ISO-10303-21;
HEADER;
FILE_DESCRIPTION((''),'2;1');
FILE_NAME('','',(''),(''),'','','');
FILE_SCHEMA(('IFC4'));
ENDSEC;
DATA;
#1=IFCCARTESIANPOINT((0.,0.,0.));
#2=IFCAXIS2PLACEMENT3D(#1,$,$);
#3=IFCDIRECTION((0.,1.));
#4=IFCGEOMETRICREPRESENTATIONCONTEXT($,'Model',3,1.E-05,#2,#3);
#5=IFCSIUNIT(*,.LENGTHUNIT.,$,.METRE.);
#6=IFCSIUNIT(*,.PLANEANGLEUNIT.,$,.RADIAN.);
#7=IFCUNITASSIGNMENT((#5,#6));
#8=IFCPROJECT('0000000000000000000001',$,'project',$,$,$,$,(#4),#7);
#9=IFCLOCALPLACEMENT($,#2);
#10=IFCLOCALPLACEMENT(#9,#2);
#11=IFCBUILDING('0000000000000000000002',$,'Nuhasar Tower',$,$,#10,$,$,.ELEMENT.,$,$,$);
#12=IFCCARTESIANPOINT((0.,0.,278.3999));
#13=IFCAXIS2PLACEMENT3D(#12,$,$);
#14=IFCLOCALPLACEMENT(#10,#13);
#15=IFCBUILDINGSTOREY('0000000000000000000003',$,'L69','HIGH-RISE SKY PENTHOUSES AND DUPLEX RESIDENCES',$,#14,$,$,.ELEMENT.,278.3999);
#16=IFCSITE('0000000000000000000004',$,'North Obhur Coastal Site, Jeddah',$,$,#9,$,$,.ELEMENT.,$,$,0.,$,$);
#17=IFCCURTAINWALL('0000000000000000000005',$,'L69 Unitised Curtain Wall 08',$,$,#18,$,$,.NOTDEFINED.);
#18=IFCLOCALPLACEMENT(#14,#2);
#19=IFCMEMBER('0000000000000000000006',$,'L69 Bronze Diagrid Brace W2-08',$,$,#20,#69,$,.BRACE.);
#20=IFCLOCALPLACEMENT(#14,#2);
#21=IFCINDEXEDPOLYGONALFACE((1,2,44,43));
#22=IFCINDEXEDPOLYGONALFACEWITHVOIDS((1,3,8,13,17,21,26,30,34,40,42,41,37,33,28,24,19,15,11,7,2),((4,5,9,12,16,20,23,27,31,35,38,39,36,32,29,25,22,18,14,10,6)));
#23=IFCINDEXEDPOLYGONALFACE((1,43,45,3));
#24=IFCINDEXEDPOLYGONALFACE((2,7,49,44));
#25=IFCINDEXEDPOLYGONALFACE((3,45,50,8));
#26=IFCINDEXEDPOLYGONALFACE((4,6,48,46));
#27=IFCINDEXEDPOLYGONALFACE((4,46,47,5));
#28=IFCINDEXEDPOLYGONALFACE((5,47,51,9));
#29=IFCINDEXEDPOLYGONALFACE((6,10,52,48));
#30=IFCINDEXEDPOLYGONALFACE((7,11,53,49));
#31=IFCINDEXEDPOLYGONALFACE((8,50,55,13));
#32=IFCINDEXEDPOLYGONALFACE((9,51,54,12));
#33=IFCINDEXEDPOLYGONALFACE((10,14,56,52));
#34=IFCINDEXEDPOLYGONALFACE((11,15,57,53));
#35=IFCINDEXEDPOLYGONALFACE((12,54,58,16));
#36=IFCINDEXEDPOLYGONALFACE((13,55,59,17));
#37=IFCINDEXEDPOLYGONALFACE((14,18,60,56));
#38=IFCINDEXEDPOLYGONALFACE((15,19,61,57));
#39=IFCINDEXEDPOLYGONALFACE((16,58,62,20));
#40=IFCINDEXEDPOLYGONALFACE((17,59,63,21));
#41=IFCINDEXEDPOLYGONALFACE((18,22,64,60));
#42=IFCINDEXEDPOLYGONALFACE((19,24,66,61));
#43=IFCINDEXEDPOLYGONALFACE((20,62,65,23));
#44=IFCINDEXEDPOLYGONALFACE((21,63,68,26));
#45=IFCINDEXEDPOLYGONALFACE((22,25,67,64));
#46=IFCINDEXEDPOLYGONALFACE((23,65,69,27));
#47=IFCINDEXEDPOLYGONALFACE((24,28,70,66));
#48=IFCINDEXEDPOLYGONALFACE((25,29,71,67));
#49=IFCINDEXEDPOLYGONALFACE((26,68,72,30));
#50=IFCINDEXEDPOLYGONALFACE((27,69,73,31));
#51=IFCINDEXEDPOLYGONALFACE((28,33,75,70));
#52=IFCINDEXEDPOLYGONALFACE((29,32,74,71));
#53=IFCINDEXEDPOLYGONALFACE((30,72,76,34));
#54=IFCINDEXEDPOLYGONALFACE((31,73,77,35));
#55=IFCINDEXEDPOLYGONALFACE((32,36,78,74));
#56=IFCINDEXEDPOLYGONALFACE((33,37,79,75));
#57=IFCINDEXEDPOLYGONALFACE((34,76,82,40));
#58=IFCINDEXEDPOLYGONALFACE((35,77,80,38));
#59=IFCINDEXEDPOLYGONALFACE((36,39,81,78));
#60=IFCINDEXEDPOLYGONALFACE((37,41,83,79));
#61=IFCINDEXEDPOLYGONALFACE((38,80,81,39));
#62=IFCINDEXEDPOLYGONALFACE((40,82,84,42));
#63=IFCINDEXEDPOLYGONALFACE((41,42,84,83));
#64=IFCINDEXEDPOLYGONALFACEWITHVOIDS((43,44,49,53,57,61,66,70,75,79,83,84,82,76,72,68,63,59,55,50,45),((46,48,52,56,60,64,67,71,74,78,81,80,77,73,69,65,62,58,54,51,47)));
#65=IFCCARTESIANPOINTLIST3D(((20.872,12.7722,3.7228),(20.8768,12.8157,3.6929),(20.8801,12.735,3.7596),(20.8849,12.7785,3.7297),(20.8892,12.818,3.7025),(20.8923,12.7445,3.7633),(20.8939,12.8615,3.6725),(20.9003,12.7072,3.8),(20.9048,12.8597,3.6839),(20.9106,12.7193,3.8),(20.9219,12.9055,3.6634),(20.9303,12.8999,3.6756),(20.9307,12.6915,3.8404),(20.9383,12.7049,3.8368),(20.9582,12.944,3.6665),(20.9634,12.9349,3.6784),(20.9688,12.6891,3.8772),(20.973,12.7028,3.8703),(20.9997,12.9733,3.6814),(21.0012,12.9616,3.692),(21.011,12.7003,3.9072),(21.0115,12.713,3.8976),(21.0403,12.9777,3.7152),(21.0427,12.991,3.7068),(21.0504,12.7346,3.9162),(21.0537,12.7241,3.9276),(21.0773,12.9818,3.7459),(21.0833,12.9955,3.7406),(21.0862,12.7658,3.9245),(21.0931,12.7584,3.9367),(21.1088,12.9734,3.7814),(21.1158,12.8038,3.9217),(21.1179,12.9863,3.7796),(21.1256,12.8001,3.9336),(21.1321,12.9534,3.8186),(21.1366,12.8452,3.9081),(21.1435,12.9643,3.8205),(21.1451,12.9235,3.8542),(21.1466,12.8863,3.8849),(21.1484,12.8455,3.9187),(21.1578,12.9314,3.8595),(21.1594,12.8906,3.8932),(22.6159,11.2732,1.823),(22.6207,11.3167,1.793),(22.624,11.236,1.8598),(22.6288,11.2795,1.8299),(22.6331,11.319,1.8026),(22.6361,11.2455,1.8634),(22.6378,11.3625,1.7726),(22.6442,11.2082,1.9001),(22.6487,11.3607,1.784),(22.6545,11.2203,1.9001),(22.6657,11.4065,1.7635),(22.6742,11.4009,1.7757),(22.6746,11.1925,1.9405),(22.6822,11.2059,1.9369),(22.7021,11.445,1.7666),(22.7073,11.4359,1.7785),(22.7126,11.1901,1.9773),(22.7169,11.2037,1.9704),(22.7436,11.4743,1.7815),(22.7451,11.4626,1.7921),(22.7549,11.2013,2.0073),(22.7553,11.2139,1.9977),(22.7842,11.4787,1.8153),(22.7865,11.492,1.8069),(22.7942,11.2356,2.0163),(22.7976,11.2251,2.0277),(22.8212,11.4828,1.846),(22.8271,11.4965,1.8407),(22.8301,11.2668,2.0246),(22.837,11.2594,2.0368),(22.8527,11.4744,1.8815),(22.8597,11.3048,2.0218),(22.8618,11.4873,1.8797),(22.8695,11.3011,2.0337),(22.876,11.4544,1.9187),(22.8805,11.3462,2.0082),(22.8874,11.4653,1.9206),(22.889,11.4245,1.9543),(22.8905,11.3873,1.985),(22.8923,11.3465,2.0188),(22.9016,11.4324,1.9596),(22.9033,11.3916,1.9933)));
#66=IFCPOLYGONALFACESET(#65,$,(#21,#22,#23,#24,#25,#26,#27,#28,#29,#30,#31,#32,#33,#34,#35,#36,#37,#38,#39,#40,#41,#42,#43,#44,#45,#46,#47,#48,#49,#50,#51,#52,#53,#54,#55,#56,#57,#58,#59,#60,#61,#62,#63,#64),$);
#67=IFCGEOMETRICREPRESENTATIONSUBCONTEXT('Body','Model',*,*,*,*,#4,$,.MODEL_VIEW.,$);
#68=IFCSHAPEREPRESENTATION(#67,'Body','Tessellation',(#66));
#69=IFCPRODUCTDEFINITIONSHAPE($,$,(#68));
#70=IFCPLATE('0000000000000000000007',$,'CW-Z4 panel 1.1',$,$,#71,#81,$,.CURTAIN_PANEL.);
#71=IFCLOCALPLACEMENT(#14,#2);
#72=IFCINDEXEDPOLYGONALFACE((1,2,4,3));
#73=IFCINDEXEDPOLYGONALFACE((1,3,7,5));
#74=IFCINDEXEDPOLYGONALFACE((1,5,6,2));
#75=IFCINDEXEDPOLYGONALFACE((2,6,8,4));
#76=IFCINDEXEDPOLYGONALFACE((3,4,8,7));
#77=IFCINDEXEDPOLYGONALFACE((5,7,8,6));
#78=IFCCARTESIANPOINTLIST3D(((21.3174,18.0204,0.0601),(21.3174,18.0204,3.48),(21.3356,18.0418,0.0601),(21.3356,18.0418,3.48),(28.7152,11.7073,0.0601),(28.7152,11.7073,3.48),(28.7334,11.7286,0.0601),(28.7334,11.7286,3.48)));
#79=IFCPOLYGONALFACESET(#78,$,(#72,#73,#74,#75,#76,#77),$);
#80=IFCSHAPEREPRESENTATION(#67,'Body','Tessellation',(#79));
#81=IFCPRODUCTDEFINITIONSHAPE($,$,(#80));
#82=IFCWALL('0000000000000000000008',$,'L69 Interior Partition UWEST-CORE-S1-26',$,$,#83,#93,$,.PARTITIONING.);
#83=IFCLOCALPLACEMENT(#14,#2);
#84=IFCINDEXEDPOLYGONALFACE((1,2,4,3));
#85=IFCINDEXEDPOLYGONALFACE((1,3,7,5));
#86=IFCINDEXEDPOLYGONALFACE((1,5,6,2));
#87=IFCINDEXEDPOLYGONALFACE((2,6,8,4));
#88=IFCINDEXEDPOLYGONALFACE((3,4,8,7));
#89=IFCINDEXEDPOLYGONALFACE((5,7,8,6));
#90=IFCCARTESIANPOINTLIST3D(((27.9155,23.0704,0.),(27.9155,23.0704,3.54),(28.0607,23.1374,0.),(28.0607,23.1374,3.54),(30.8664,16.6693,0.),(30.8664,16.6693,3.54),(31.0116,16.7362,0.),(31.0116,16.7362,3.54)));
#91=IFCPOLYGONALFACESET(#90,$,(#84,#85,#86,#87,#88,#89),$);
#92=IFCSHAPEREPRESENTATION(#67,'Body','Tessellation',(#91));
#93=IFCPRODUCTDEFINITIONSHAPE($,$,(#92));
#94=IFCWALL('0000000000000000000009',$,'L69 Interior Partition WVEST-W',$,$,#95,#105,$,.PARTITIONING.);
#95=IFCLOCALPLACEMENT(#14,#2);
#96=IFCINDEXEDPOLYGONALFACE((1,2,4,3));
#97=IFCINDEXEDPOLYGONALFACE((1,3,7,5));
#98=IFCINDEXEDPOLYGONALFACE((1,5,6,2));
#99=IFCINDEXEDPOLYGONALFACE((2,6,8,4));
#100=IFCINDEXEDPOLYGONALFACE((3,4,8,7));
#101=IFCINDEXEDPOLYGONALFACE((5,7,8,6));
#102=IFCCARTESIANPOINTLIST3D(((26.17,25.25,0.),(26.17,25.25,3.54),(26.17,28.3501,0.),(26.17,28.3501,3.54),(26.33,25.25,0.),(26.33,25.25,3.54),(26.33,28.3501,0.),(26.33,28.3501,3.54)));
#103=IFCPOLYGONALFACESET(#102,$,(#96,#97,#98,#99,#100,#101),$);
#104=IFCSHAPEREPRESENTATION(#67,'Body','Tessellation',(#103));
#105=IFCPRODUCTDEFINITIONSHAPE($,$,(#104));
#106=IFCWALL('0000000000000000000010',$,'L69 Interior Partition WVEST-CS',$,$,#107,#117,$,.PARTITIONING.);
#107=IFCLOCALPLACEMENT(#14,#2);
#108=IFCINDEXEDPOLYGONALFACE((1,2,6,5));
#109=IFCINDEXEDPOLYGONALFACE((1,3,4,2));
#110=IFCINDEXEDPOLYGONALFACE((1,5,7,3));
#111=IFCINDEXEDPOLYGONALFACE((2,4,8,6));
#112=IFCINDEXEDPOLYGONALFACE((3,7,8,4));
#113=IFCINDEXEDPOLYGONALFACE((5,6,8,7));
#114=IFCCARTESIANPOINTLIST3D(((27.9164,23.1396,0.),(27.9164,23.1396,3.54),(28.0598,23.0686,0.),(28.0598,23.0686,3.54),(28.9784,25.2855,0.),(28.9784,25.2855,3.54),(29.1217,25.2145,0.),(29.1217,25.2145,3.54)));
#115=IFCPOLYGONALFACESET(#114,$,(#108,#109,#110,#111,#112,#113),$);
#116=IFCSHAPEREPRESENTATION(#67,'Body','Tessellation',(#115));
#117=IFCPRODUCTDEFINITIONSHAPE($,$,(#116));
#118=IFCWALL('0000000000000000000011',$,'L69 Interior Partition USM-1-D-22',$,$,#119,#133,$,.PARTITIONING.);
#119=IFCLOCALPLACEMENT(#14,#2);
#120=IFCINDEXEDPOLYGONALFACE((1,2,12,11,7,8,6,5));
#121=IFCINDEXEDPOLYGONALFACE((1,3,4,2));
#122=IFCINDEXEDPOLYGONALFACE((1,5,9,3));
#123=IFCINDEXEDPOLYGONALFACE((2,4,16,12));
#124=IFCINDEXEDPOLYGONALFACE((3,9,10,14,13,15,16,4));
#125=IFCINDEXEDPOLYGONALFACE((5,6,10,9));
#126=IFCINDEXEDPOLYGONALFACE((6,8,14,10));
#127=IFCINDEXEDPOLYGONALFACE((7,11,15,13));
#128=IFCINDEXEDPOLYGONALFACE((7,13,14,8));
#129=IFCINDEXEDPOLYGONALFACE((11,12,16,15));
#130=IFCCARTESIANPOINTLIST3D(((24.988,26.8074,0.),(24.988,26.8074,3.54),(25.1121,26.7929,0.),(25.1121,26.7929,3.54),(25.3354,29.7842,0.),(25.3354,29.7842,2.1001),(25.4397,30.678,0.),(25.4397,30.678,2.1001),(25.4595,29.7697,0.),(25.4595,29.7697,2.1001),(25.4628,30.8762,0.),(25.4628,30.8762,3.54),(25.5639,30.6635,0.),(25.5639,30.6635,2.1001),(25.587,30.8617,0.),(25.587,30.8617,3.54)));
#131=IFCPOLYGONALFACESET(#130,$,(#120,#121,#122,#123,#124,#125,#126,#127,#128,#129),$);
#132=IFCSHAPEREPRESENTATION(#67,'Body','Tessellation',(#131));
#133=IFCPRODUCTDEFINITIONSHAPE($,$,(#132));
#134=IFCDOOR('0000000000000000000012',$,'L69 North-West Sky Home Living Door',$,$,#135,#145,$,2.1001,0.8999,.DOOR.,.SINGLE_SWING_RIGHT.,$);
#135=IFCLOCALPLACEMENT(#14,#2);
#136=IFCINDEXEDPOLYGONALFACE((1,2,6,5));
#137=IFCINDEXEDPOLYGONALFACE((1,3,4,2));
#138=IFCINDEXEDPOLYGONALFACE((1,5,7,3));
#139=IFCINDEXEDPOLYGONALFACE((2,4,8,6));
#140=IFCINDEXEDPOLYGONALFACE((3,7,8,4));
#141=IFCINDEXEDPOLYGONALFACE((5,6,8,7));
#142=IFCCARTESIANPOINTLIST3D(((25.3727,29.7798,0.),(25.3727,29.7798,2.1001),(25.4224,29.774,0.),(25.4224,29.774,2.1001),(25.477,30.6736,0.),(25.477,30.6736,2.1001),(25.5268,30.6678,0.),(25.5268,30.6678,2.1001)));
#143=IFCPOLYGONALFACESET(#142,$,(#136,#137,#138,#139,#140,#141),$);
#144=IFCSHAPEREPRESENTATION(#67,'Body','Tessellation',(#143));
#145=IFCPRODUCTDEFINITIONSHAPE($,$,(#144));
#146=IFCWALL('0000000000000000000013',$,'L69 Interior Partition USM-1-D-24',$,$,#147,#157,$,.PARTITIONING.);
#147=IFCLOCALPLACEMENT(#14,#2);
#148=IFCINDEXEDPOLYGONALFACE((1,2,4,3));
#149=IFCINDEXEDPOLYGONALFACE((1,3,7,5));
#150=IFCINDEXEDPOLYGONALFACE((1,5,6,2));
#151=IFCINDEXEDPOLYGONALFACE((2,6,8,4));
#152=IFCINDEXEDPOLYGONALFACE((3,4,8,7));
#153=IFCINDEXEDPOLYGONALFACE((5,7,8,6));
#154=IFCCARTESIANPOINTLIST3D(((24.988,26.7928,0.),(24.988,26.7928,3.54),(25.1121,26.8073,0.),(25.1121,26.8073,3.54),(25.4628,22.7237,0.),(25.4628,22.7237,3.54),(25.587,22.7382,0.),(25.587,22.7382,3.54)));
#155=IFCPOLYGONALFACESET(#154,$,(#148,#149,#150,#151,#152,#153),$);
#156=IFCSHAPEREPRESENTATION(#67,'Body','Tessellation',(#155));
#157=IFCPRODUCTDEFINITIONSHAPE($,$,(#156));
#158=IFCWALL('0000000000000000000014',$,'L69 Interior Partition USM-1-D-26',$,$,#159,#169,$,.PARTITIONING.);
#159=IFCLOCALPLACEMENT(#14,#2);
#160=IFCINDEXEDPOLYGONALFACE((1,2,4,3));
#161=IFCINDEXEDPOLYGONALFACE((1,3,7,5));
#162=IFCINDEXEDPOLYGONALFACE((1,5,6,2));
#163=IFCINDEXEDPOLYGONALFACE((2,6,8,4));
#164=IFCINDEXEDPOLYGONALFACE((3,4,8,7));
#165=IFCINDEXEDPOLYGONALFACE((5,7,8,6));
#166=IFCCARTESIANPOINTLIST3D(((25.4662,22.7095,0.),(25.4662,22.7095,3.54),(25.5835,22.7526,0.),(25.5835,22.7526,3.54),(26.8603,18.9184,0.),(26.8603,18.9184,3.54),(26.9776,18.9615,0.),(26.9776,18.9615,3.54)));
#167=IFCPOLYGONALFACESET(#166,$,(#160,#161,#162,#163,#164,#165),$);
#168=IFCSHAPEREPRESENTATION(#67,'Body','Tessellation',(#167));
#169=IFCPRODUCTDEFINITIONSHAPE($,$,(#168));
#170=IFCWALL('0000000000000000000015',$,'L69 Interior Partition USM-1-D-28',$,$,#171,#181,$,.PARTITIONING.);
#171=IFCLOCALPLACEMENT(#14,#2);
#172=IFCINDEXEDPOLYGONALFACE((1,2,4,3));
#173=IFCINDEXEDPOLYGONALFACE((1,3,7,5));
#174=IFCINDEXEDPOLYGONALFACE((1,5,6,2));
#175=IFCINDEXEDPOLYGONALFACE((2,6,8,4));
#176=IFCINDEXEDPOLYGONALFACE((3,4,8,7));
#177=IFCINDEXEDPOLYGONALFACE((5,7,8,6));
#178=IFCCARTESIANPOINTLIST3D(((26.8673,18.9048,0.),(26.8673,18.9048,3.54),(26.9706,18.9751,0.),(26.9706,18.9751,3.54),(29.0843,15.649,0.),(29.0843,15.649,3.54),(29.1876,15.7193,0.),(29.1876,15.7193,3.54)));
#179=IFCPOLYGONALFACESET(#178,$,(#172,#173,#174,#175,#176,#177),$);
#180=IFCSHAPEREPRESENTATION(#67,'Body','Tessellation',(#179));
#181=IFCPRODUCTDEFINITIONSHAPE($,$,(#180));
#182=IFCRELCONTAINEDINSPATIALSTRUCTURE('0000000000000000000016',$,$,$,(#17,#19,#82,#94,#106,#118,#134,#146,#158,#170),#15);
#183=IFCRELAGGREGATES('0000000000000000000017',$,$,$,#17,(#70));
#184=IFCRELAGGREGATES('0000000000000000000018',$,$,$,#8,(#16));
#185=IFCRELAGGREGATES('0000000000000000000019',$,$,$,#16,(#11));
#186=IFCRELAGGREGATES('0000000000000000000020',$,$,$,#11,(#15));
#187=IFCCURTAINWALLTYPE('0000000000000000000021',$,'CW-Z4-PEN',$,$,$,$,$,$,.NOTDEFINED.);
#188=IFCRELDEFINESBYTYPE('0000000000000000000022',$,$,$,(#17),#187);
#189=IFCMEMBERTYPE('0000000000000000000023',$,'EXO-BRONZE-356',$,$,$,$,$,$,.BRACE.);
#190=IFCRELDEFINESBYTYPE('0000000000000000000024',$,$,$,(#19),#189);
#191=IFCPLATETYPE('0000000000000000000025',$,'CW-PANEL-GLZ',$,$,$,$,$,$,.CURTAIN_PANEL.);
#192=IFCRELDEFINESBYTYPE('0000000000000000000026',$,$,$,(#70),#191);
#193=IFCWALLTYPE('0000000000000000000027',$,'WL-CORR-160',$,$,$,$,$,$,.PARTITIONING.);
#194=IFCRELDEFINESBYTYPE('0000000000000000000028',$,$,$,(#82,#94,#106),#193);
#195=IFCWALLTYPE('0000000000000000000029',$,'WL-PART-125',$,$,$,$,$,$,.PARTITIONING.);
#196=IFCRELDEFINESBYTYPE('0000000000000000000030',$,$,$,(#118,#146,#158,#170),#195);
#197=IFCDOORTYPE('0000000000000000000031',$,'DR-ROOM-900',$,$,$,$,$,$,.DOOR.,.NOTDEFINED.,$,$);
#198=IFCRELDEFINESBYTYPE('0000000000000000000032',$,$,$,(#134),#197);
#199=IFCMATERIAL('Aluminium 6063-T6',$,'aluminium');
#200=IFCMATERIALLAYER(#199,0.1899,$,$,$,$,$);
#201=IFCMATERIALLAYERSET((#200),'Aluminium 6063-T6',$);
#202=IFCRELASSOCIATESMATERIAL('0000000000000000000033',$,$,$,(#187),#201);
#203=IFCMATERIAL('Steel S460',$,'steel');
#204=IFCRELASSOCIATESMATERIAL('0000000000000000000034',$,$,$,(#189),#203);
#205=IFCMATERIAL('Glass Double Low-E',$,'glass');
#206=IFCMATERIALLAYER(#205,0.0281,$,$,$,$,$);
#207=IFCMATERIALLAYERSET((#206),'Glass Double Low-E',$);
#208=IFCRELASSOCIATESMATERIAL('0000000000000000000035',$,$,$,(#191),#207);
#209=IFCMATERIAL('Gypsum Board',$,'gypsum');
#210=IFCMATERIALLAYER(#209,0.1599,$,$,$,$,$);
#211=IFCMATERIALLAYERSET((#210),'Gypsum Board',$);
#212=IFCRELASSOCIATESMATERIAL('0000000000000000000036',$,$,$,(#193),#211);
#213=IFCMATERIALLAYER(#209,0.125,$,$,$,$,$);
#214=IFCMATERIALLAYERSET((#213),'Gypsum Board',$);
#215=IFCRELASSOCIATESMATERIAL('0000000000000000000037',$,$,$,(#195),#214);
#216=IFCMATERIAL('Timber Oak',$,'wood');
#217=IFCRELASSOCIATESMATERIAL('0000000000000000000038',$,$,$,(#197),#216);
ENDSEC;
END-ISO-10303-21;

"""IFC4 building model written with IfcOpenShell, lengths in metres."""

from ifc_helpers import new_model, si_unit, direction, frame, frame_2d, origin, origin_2d, place, context, subcontext, project, spatial, rectangle, hollow_circle, extrude, material, layer, layer_set, material_profile, profile_set, type_object, element, fill, aggregate, save


model = new_model("IFC4")

# Units and contexts
model_context = context("Model", 3, precision=1e-05, world=origin(), true_north=direction((0.0, 1.0)))
body_context = subcontext(model_context, "Body", "Model", "MODEL_VIEW")
ifc_project = project(units=[si_unit("LENGTHUNIT", "METRE"), si_unit("PLANEANGLEUNIT", "RADIAN")], contexts=[model_context])

# Site, building, storey
site_placement = place(None, origin())
site = spatial("IfcSite", under=ifc_project, at=site_placement, Name="North Obhur Coastal Site, Jeddah", CompositionType="ELEMENT", RefElevation=0.0)
building_placement = place(site_placement, origin())
building = spatial("IfcBuilding", under=site, at=building_placement, Name="Nuhasar Tower", CompositionType="ELEMENT")
storey_placement = place(building_placement, frame((0.0, 0.0, 278.3999)))
storey = spatial("IfcBuildingStorey", under=building, at=storey_placement, Name="L69", Description="HIGH-RISE SKY PENTHOUSES AND DUPLEX RESIDENCES", CompositionType="ELEMENT", Elevation=278.3999)

# Curtain wall
ifc_material_1 = material(Name="Aluminium 6063-T6", Category="aluminium")
ifc_layer_1 = layer(ifc_material_1, 0.1899)
ifc_layer_set_1 = layer_set([ifc_layer_1], Name="Aluminium 6063-T6")
curtain_wall_type = type_object("IfcCurtainWallType", Name="CW-Z4-PEN", PredefinedType="NOTDEFINED", material=ifc_layer_set_1)
curtain_wall_1_placement = place(storey_placement, origin())
curtain_wall_1 = element("IfcCurtainWall", 1, at=curtain_wall_1_placement, inside=storey, type_object=curtain_wall_type, Name="L69 Unitised Curtain Wall 08", PredefinedType="NOTDEFINED")

# Member
ifc_material_2 = material(Name="Steel S460", Category="steel")
ifc_material_profile_1 = material_profile(ifc_material_2, hollow_circle(Radius=0.1777, WallThickness=0.0159, at=origin_2d()), Name="HSS355.6X15.9")
ifc_profile_set_1 = profile_set([ifc_material_profile_1], Name="Steel S460")
member_type_1 = type_object("IfcMemberType", Name="EXO-BRONZE-356", PredefinedType="BRACE", material=ifc_profile_set_1)
member_1_placement = place(storey_placement, frame((22.76, 11.343, 1.9001), z_axis=(-0.584625, 0.502534, 0.636925), x_axis=(-0.651857, -0.758342, 0.0)))
element("IfcMember", 2, at=member_1_placement, inside=storey, type_object=member_type_1, Name="L69 Bronze Diagrid Brace W2-08", PredefinedType="BRACE", context=body_context, shape_type="SweptSolid", body=[
    extrude(hollow_circle(Radius=0.1777, WallThickness=0.0159, at=origin_2d()), origin(), (0.0, 0.0, 1.0), 2.9829),
])

# Plate
ifc_material_3 = material(Name="Glass Double Low-E", Category="glass")
ifc_layer_2 = layer(ifc_material_3, 0.0281)
ifc_layer_set_2 = layer_set([ifc_layer_2], Name="Glass Double Low-E")
plate_type = type_object("IfcPlateType", Name="CW-PANEL-GLZ", PredefinedType="CURTAIN_PANEL", material=ifc_layer_set_2)
plate_placement = place(storey_placement, frame((25.0254, 14.8745, 0.0601), z_axis=(0.0, 0.0, 1.0), x_axis=(0.760667, -0.649142, 0.0)))
plate = element("IfcPlate", 3, at=plate_placement, type_object=plate_type, Name="CW-Z4 panel 1.1", PredefinedType="CURTAIN_PANEL", context=body_context, shape_type="SweptSolid", body=[
    extrude(rectangle(XDim=9.7253, YDim=0.0281, at=origin_2d()), origin(), (0.0, 0.0, 1.0), 3.4199),
])
aggregate(curtain_wall_1, [plate])

# Wall
ifc_material_4 = material(Name="Gypsum Board", Category="gypsum")
ifc_layer_3 = layer(ifc_material_4, 0.1599)
ifc_layer_set_3 = layer_set([ifc_layer_3], Name="Gypsum Board")
wall_type_1 = type_object("IfcWallType", Name="WL-CORR-160", PredefinedType="PARTITIONING", material=ifc_layer_set_3)
wall_1_placement = place(storey_placement, frame((27.988, 23.104, 0.0), z_axis=(0.0, 0.0, 1.0), x_axis=(0.418656, -0.908145, 0.0)))
element("IfcWall", 4, at=wall_1_placement, inside=storey, type_object=wall_type_1, Name="L69 Interior Partition UWEST-CORE-S1-26", PredefinedType="PARTITIONING", context=body_context, shape_type="SweptSolid", body=[
    extrude(rectangle(XDim=7.0486, YDim=0.1599, at=frame_2d((3.5244, 0.0))), origin(), (0.0, 0.0, 1.0), 3.54),
])

# Shared definitions
ifc_material_5 = material(Name="Timber Oak", Category="wood")

# Walls
wall_2_placement = place(storey_placement, frame((26.25, 25.25, 0.0), z_axis=(0.0, 0.0, 1.0), x_axis=(0.0, 1.0, 0.0)))
element("IfcWall", 5, at=wall_2_placement, inside=storey, type_object=wall_type_1, Name="L69 Interior Partition WVEST-W", PredefinedType="PARTITIONING", context=body_context, shape_type="SweptSolid", body=[
    extrude(rectangle(XDim=3.1001, YDim=0.1599, at=frame_2d((1.55, 0.0))), origin(), (0.0, 0.0, 1.0), 3.54),
])
wall_3_placement = place(storey_placement, frame((27.988, 23.104, 0.0), z_axis=(0.0, 0.0, 1.0), x_axis=(0.443539, 0.896255, 0.0)))
element("IfcWall", 6, at=wall_3_placement, inside=storey, type_object=wall_type_1, Name="L69 Interior Partition WVEST-CS", PredefinedType="PARTITIONING", context=body_context, shape_type="SweptSolid", body=[
    extrude(rectangle(XDim=2.3943, YDim=0.1599, at=frame_2d((1.1973, 0.0))), origin(), (0.0, 0.0, 1.0), 3.54),
])

# Wall, opening, door
ifc_layer_4 = layer(ifc_material_4, 0.125)
ifc_layer_set_4 = layer_set([ifc_layer_4], Name="Gypsum Board")
wall_type_2 = type_object("IfcWallType", Name="WL-PART-125", PredefinedType="PARTITIONING", material=ifc_layer_set_4)
wall_4_placement = place(storey_placement, frame((25.05, 26.8, 0.0), z_axis=(0.0, 0.0, 1.0), x_axis=(0.115918, 0.993259, 0.0)))
wall_4 = element("IfcWall", 7, at=wall_4_placement, inside=storey, type_object=wall_type_2, Name="L69 Interior Partition USM-1-D-22", PredefinedType="PARTITIONING", context=body_context, shape_type="SweptSolid", body=[
    extrude(rectangle(XDim=4.0964, YDim=0.125, at=frame_2d((2.0483, 0.0))), origin(), (0.0, 0.0, 1.0), 3.54),
])
opening_1_placement = place(wall_4_placement, frame((2.9971, 0.0, 0.0)))
opening_1 = element("IfcOpeningElement", 8, at=opening_1_placement, cuts=wall_4, PredefinedType="OPENING", context=body_context, shape_type="SweptSolid", body=[
    extrude(rectangle(XDim=0.8999, YDim=2.1001, at=frame_2d((0.45, 1.05))), frame((0.0, 0.0725, 0.0), z_axis=(0.0, -1.0, 0.0), x_axis=(1.0, 0.0, 0.0)), (0.0, 0.0, 1.0), 0.145),
])
door_type_1 = type_object("IfcDoorType", Name="DR-ROOM-900", OperationType="NOTDEFINED", PredefinedType="DOOR", material=ifc_material_5)
door_1_placement = place(opening_1_placement, origin())
door_1 = element("IfcDoor", 9, at=door_1_placement, inside=storey, type_object=door_type_1, Name="L69 North-West Sky Home Living Door", OperationType="SINGLE_SWING_RIGHT", OverallHeight=2.1001, OverallWidth=0.8999, PredefinedType="DOOR", context=body_context, shape_type="SweptSolid", body=[
    extrude(rectangle(XDim=0.8999, YDim=2.1001, at=frame_2d((0.45, 1.05))), frame((0.0, 0.0249, 0.0), z_axis=(0.0, -1.0, 0.0), x_axis=(1.0, 0.0, 0.0)), (0.0, 0.0, 1.0), 0.05),
])
fill(opening_1, door_1)

# Walls
wall_5_placement = place(storey_placement, frame((25.05, 26.8, 0.0), z_axis=(0.0, 0.0, 1.0), x_axis=(0.115911, -0.99326, 0.0)))
element("IfcWall", 10, at=wall_5_placement, inside=storey, type_object=wall_type_2, Name="L69 Interior Partition USM-1-D-24", PredefinedType="PARTITIONING", context=body_context, shape_type="SweptSolid", body=[
    extrude(rectangle(XDim=4.0967, YDim=0.125, at=frame_2d((2.0483, 0.0))), origin(), (0.0, 0.0, 1.0), 3.54),
])
wall_6_placement = place(storey_placement, frame((25.5249, 22.731, 0.0), z_axis=(0.0, 0.0, 1.0), x_axis=(0.345128, -0.938556, 0.0)))
element("IfcWall", 11, at=wall_6_placement, inside=storey, type_object=wall_type_2, Name="L69 Interior Partition USM-1-D-26", PredefinedType="PARTITIONING", context=body_context, shape_type="SweptSolid", body=[
    extrude(rectangle(XDim=4.0393, YDim=0.125, at=frame_2d((2.0195, 0.0))), origin(), (0.0, 0.0, 1.0), 3.54),
])
wall_7_placement = place(storey_placement, frame((26.9189, 18.9399, 0.0), z_axis=(0.0, 0.0, 1.0), x_axis=(0.562841, -0.826566, 0.0)))
element("IfcWall", 12, at=wall_7_placement, inside=storey, type_object=wall_type_2, Name="L69 Interior Partition USM-1-D-28", PredefinedType="PARTITIONING", context=body_context, shape_type="SweptSolid", body=[
    extrude(rectangle(XDim=3.939, YDim=0.125, at=frame_2d((1.9695, 0.0))), origin(), (0.0, 0.0, 1.0), 3.54),
])

save(model, "model.ifc")
